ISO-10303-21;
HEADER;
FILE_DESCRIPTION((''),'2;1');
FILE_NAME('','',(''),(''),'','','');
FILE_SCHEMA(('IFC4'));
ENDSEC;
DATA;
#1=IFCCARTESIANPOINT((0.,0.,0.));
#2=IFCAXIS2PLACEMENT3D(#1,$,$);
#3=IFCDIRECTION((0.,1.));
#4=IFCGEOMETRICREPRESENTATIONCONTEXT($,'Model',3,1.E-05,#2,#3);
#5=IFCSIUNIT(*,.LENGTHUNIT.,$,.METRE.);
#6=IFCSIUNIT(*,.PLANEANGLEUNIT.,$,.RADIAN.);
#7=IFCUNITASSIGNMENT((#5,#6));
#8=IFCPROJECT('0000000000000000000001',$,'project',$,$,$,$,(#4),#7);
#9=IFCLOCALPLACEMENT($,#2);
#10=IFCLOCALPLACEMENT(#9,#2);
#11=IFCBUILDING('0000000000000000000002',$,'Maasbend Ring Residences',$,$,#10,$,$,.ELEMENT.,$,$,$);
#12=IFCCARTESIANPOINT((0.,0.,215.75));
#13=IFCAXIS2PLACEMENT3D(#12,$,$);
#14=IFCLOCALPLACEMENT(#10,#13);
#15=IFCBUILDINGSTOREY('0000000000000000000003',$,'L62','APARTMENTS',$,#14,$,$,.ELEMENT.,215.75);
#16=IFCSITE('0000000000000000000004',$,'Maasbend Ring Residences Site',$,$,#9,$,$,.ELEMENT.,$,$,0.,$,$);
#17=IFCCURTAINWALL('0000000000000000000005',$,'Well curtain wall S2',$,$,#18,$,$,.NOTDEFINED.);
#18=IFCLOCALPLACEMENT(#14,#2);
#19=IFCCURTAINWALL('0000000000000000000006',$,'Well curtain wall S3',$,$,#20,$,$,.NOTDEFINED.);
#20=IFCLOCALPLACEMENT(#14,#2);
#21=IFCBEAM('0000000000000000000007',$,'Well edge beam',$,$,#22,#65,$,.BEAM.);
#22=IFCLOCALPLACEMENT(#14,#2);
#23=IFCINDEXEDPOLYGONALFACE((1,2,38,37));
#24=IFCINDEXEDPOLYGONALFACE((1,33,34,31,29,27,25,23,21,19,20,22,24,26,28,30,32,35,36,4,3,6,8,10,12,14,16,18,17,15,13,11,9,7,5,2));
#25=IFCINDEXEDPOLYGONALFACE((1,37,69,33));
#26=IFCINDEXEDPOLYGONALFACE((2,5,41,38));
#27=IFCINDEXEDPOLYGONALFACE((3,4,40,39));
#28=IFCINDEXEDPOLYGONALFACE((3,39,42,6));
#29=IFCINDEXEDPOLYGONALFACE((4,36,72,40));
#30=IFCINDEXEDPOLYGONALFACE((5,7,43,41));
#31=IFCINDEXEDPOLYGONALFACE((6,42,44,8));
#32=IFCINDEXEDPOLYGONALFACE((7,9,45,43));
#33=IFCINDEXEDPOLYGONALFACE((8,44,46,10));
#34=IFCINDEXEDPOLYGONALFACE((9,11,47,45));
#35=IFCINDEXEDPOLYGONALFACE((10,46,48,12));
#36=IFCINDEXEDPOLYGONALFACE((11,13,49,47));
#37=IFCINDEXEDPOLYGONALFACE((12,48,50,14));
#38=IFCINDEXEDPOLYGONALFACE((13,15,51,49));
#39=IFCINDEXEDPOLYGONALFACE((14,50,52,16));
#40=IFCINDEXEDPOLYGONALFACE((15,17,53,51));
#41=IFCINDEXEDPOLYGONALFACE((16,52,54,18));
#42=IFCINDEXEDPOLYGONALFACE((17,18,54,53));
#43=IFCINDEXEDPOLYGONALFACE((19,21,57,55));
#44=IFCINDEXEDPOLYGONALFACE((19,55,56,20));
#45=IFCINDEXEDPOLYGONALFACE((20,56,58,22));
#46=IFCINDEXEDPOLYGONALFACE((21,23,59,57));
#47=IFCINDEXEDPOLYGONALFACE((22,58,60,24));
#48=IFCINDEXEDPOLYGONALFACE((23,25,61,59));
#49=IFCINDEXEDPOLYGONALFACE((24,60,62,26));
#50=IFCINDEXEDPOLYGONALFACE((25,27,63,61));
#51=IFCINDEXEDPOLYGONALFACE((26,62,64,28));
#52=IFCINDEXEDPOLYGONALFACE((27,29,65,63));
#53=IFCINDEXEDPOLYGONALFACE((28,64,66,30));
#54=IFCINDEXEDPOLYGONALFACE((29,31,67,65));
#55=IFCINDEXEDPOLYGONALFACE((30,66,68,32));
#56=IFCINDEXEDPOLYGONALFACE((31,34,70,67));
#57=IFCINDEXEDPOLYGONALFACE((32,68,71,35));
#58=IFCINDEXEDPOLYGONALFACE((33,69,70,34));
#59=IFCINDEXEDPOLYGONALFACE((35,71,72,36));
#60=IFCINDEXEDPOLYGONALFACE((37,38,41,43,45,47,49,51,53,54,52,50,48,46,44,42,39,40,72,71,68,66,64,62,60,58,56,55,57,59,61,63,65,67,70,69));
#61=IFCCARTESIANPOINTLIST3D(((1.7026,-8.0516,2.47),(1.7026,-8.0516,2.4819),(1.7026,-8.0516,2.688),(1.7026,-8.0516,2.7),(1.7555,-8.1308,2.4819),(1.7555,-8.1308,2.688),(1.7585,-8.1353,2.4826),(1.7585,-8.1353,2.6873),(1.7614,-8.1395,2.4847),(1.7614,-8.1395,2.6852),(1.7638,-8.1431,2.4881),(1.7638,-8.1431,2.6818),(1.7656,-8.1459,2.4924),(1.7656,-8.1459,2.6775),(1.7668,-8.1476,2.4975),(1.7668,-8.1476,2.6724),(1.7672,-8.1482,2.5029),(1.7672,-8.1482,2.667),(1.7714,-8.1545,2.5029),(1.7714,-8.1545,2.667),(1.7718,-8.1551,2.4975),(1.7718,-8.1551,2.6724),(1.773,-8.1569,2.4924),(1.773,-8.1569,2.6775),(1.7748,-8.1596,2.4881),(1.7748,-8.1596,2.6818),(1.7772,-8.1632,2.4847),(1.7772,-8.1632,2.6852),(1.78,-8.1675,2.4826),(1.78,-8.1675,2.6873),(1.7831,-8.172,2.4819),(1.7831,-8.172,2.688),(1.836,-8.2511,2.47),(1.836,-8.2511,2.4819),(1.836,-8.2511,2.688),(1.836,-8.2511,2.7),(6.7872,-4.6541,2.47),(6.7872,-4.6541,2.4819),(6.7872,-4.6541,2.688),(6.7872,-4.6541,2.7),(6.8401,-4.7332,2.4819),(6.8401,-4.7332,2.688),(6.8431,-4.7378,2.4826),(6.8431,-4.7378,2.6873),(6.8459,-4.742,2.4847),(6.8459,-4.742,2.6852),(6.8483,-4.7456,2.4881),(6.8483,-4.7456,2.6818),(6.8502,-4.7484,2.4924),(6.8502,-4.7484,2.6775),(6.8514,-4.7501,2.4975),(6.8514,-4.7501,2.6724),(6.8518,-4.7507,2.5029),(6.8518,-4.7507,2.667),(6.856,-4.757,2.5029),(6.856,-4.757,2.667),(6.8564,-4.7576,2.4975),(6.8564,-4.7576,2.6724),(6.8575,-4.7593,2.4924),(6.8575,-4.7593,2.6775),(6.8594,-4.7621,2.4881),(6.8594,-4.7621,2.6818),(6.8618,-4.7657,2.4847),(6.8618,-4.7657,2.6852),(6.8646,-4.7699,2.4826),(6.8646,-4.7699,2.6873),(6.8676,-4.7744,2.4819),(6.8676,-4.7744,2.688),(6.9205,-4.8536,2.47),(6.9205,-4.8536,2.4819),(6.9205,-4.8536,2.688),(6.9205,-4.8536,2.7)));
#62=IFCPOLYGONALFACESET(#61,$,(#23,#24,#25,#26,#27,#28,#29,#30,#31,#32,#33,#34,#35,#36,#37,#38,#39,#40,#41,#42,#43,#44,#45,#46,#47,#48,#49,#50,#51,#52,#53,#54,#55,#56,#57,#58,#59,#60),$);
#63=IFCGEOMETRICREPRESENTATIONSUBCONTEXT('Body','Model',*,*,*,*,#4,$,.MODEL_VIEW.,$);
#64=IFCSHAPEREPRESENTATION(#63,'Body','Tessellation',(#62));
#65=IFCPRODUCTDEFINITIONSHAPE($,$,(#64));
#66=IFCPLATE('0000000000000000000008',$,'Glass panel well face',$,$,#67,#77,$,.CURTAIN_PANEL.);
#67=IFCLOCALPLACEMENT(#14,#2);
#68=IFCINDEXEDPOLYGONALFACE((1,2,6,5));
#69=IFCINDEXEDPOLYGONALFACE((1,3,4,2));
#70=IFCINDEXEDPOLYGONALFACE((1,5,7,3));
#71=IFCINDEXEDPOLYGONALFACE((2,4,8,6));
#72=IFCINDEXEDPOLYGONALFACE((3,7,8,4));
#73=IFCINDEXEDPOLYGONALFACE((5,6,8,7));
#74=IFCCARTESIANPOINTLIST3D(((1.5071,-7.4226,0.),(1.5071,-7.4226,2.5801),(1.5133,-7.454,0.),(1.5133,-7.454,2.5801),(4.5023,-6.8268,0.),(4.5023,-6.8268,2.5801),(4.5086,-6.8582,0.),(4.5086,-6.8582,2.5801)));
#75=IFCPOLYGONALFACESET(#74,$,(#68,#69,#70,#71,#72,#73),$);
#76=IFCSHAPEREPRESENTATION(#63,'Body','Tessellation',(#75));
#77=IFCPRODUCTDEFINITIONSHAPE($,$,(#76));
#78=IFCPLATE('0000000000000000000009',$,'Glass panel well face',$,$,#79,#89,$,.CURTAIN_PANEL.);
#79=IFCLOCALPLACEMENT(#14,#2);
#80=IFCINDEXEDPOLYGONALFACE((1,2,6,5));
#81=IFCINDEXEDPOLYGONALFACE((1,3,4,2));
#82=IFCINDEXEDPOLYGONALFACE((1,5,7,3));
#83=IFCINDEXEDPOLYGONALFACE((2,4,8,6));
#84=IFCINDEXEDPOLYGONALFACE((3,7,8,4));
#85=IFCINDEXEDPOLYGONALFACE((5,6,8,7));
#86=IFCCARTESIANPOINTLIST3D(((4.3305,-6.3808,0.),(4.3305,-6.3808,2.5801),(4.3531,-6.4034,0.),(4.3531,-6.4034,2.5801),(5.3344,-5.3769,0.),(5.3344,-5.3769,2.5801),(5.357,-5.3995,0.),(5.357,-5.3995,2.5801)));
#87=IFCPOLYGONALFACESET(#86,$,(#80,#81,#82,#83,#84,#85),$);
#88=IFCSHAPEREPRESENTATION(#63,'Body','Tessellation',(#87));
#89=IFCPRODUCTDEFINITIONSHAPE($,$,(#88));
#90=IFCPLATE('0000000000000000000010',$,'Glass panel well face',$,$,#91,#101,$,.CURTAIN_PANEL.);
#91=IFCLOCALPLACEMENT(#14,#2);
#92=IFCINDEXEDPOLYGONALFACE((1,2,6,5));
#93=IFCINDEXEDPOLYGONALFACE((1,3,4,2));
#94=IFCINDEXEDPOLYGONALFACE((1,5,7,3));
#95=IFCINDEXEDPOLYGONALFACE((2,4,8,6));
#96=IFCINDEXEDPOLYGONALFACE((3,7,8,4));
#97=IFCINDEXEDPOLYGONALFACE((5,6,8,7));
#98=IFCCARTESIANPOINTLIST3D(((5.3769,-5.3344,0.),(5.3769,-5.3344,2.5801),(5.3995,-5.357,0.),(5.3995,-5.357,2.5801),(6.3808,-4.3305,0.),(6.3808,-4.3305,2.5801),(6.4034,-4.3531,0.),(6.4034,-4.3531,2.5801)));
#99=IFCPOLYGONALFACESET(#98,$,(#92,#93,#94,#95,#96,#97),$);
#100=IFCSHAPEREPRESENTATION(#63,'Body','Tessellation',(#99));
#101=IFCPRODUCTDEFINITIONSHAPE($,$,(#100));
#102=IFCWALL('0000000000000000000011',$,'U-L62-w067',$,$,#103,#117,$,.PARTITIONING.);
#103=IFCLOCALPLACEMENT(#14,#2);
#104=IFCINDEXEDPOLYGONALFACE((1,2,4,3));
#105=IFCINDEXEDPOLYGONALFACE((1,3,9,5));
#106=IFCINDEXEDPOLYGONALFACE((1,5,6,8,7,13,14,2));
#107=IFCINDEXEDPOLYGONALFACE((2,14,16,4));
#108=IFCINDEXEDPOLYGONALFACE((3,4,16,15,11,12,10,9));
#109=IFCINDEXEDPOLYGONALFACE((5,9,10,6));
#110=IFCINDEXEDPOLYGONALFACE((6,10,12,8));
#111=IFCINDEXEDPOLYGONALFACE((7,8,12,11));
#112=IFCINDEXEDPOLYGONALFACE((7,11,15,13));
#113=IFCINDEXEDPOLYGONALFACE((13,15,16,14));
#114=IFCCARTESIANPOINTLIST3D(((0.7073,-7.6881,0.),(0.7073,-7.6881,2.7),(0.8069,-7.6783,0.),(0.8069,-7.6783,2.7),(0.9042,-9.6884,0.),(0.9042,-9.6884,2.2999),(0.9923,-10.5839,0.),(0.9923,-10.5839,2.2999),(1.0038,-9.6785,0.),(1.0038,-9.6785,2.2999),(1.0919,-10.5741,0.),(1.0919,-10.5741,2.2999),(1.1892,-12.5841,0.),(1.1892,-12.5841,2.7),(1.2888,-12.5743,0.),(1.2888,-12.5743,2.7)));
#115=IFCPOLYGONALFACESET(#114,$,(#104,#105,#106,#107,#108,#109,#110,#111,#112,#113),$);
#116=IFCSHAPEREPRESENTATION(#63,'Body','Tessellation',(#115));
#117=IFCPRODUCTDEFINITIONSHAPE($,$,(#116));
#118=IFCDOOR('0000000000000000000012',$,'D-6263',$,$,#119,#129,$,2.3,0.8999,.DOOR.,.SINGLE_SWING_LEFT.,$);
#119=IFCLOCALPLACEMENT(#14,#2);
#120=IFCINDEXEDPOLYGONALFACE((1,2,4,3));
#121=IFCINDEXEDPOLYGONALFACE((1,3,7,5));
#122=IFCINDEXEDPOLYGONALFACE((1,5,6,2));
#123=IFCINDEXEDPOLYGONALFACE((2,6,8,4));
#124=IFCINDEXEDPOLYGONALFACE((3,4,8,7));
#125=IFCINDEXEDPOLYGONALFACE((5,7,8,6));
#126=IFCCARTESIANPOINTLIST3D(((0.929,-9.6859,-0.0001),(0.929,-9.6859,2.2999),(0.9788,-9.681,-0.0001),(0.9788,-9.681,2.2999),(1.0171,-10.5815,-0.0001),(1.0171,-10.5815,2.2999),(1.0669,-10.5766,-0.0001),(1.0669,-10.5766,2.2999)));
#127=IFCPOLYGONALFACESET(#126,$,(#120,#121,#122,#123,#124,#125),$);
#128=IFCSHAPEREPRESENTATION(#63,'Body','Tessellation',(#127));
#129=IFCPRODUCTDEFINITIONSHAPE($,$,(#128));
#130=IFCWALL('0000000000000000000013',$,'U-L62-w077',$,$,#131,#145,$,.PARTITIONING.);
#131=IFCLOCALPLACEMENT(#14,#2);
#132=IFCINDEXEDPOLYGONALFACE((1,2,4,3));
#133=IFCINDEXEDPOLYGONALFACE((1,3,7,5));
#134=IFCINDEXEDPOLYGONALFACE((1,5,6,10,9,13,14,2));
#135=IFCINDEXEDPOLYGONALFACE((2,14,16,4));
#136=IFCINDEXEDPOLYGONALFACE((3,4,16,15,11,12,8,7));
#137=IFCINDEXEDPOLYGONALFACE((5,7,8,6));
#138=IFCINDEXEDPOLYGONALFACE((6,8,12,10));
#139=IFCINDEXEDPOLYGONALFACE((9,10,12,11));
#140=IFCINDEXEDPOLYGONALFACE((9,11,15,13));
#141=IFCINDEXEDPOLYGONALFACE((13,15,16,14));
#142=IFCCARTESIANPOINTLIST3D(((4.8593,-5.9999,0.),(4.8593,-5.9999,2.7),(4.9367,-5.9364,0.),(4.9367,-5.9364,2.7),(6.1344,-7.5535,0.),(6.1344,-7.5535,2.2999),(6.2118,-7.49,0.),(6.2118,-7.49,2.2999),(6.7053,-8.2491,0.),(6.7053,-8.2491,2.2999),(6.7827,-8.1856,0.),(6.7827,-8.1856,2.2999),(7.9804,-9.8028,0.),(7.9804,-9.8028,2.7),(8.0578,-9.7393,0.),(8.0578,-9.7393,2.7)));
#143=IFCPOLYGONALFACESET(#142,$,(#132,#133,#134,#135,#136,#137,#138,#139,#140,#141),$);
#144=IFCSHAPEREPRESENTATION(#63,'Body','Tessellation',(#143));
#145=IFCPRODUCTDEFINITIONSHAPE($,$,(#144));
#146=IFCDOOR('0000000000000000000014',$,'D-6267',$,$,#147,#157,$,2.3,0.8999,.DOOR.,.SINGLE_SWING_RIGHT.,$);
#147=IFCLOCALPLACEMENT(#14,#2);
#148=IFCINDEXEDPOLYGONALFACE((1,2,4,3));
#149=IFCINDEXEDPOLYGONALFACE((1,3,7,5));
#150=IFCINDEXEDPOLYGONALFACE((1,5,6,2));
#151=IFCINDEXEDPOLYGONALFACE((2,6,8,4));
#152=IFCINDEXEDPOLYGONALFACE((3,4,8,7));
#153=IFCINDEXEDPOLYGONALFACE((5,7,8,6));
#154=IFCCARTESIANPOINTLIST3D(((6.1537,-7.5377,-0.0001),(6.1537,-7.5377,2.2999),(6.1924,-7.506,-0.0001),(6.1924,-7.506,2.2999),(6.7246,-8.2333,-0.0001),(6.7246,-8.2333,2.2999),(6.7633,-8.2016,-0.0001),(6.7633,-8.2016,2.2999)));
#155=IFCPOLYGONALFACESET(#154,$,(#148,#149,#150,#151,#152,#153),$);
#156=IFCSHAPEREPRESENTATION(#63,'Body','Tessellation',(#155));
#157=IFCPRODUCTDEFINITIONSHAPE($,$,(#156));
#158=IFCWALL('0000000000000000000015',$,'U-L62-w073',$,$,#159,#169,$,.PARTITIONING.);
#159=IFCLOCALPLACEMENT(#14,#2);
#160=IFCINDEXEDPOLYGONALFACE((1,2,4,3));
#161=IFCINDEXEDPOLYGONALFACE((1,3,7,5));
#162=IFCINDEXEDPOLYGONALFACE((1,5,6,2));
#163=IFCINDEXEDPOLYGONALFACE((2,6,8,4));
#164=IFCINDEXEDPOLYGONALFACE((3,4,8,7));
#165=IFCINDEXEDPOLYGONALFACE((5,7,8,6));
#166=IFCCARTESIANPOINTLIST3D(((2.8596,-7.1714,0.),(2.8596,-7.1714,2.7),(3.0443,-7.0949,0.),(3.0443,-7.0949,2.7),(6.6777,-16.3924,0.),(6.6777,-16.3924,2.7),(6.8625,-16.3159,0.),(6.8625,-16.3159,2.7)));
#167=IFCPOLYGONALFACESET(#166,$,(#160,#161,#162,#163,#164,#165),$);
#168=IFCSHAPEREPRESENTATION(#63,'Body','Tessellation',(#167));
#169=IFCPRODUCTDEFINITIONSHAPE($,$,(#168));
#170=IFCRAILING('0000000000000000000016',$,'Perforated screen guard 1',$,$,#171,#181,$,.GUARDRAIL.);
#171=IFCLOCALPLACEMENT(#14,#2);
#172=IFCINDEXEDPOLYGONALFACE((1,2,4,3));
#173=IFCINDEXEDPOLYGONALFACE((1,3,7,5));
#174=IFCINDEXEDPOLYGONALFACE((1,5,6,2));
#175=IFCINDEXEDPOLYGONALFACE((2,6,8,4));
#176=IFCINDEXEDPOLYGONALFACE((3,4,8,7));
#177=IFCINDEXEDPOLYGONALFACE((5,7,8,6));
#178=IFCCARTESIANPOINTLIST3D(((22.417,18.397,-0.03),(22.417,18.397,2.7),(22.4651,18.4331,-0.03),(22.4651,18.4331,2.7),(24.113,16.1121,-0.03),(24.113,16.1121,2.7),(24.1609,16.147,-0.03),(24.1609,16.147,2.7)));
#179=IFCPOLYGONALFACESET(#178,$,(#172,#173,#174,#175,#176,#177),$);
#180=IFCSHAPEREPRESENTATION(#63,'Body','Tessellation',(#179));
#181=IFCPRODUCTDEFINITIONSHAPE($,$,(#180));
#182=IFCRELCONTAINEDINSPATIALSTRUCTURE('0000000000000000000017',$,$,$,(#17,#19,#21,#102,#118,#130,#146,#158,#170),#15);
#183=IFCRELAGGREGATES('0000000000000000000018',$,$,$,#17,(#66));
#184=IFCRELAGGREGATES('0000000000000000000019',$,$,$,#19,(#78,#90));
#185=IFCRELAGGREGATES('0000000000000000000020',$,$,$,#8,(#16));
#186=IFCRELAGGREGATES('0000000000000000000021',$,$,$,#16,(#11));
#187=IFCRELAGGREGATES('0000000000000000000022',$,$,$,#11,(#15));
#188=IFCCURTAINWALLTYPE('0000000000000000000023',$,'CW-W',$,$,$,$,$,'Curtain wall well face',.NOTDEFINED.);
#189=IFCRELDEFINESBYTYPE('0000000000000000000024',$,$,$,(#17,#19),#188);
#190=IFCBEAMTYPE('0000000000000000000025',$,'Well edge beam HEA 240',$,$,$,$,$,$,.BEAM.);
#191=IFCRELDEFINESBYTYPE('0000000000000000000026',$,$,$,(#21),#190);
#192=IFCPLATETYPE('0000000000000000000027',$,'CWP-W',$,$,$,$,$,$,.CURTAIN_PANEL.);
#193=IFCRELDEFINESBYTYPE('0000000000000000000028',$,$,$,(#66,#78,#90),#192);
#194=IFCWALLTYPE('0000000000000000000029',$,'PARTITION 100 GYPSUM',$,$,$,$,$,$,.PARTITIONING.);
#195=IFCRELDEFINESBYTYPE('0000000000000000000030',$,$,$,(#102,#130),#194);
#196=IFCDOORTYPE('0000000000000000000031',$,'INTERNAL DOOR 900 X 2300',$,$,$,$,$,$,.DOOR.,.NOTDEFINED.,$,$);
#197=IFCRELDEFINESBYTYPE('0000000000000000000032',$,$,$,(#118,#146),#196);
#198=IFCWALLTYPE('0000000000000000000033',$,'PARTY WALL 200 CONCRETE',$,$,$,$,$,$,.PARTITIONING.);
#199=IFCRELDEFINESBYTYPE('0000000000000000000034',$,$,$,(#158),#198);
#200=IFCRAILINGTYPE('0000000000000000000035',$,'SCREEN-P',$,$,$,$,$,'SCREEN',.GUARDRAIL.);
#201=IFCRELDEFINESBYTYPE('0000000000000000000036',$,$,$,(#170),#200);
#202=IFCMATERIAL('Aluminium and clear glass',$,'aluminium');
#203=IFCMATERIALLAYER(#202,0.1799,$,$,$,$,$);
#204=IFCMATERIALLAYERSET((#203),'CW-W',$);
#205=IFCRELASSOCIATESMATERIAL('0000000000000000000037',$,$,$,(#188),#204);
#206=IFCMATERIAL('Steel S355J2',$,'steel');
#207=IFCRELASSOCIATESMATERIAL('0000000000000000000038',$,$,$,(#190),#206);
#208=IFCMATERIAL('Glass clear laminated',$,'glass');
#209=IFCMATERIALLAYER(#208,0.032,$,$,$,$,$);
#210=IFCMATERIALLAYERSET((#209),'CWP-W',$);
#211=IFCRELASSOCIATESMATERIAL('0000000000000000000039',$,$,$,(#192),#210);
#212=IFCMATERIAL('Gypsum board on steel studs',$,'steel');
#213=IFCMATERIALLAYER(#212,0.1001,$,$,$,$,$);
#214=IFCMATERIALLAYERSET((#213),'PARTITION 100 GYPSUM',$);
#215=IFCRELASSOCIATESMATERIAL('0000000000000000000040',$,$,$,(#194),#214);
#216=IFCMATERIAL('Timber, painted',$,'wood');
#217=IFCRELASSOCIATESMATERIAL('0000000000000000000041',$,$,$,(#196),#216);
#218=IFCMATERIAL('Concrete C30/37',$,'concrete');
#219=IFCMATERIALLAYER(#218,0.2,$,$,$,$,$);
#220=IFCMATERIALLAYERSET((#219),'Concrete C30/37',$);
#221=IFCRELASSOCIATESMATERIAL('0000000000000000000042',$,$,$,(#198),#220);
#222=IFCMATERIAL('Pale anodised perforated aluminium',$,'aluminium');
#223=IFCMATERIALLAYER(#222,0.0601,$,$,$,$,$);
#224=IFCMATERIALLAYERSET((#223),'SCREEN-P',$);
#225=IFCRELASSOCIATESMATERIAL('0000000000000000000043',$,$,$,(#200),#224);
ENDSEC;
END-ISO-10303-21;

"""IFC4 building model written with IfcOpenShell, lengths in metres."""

from ifc_helpers import new_model, si_unit, direction, frame, frame_2d, origin, origin_2d, place, context, subcontext, project, spatial, polyline, rectangle, i_section, outline, extrude, material, layer, layer_set, material_profile, profile_set, type_object, element, fill, aggregate, save


model = new_model("IFC4")

# Units and contexts
model_context = context("Model", 3, precision=1e-05, world=origin(), true_north=direction((0.0, 1.0)))
body_context = subcontext(model_context, "Body", "Model", "MODEL_VIEW")
ifc_project = project(units=[si_unit("LENGTHUNIT", "METRE"), si_unit("PLANEANGLEUNIT", "RADIAN")], contexts=[model_context])

# Site, building, storey
site_placement = place(None, origin())
site = spatial("IfcSite", under=ifc_project, at=site_placement, Name="Maasbend Ring Residences Site", CompositionType="ELEMENT", RefElevation=0.0)
building_placement = place(site_placement, origin())
building = spatial("IfcBuilding", under=site, at=building_placement, Name="Maasbend Ring Residences", CompositionType="ELEMENT")
storey_placement = place(building_placement, frame((0.0, 0.0, 215.75)))
storey = spatial("IfcBuildingStorey", under=building, at=storey_placement, Name="L62", Description="APARTMENTS", CompositionType="ELEMENT", Elevation=215.75)

# Curtain walls
ifc_material_1 = material(Name="Aluminium and clear glass", Category="aluminium")
ifc_layer_1 = layer(ifc_material_1, 0.1799)
ifc_layer_set_1 = layer_set([ifc_layer_1], Name="CW-W")
curtain_wall_type = type_object("IfcCurtainWallType", Name="CW-W", ElementType="Curtain wall well face", PredefinedType="NOTDEFINED", material=ifc_layer_set_1)
curtain_wall_1_placement = place(storey_placement, origin())
curtain_wall_1 = element("IfcCurtainWall", 1, at=curtain_wall_1_placement, inside=storey, type_object=curtain_wall_type, Name="Well curtain wall S2", PredefinedType="NOTDEFINED")
curtain_wall_2_placement = place(storey_placement, origin())
curtain_wall_2 = element("IfcCurtainWall", 2, at=curtain_wall_2_placement, inside=storey, type_object=curtain_wall_type, Name="Well curtain wall S3", PredefinedType="NOTDEFINED")

# Beam
ifc_material_2 = material(Name="Steel S355J2", Category="steel")
ifc_material_profile_1 = material_profile(ifc_material_2, i_section(OverallWidth=0.24, OverallDepth=0.23, WebThickness=0.0076, FlangeThickness=0.012, FilletRadius=0.021, at=origin_2d()), Name="HEA 240")
ifc_profile_set_1 = profile_set([ifc_material_profile_1], Name="Steel S355J2")
beam_type = type_object("IfcBeamType", Name="Well edge beam HEA 240", PredefinedType="BEAM", material=ifc_profile_set_1)
beam_placement = place(storey_placement, frame((1.7693, -8.1514, 2.585), z_axis=(0.83146, 0.555584, 0.0), x_axis=(-0.555584, 0.83146, 0.0)))
element("IfcBeam", 3, at=beam_placement, inside=storey, type_object=beam_type, Name="Well edge beam", PredefinedType="BEAM", context=body_context, shape_type="SweptSolid", body=[
    extrude(i_section(OverallWidth=0.24, OverallDepth=0.23, WebThickness=0.0076, FlangeThickness=0.012, FilletRadius=0.021, at=origin_2d()), origin(), (0.0, 0.0, 1.0), 6.1152),
])

# Plates
ifc_material_3 = material(Name="Glass clear laminated", Category="glass")
ifc_layer_2 = layer(ifc_material_3, 0.032)
ifc_layer_set_2 = layer_set([ifc_layer_2], Name="CWP-W")
plate_type = type_object("IfcPlateType", Name="CWP-W", PredefinedType="CURTAIN_PANEL", material=ifc_layer_set_2)
plate_1_placement = place(storey_placement, frame((3.0078, -7.1404, 0.0), z_axis=(0.0, 0.0, 1.0), x_axis=(0.980785, 0.19509, 0.0)))
plate_1 = element("IfcPlate", 4, at=plate_1_placement, type_object=plate_type, Name="Glass panel well face", PredefinedType="CURTAIN_PANEL", context=body_context, shape_type="SweptSolid", body=[
    extrude(rectangle(XDim=3.054, YDim=0.032, at=origin_2d()), origin(), (0.0, 0.0, 1.0), 2.5801),
])
aggregate(curtain_wall_1, [plate_1])
plate_2_placement = place(storey_placement, frame((4.8438, -5.8901, 0.0), z_axis=(0.0, 0.0, 1.0), x_axis=(0.707107, 0.707107, 0.0)))
plate_2 = element("IfcPlate", 5, at=plate_2_placement, type_object=plate_type, Name="Glass panel well face", PredefinedType="CURTAIN_PANEL", context=body_context, shape_type="SweptSolid", body=[
    extrude(rectangle(XDim=1.4197, YDim=0.032, at=origin_2d()), origin(), (0.0, 0.0, 1.0), 2.5801),
])
plate_3_placement = place(storey_placement, frame((5.8901, -4.8438, 0.0), z_axis=(0.0, 0.0, 1.0), x_axis=(0.707107, 0.707107, 0.0)))
plate_3 = element("IfcPlate", 6, at=plate_3_placement, type_object=plate_type, Name="Glass panel well face", PredefinedType="CURTAIN_PANEL", context=body_context, shape_type="SweptSolid", body=[
    extrude(rectangle(XDim=1.4197, YDim=0.032, at=origin_2d()), origin(), (0.0, 0.0, 1.0), 2.5801),
])
aggregate(curtain_wall_2, [plate_2, plate_3])

# Walls, openings, doors
ifc_material_4 = material(Name="Gypsum board on steel studs", Category="steel")
ifc_layer_3 = layer(ifc_material_4, 0.1001)
ifc_layer_set_3 = layer_set([ifc_layer_3], Name="PARTITION 100 GYPSUM")
wall_type_1 = type_object("IfcWallType", Name="PARTITION 100 GYPSUM", PredefinedType="PARTITIONING", material=ifc_layer_set_3)
wall_1_placement = place(storey_placement, frame((0.7571, -7.6831, 0.0), z_axis=(0.0, 0.0, 1.0), x_axis=(0.097961, -0.99519, 0.0)))
wall_1 = element("IfcWall", 7, at=wall_1_placement, inside=storey, type_object=wall_type_1, Name="U-L62-w067", PredefinedType="PARTITIONING", context=body_context, shape_type="SweptSolid", body=[
    extrude(rectangle(XDim=4.9197, YDim=0.1001, at=frame_2d((2.46, 0.0))), origin(), (0.0, 0.0, 1.0), 2.7),
])
opening_1_placement = place(wall_1_placement, frame((2.01, 0.0, 0.0)))
opening_1 = element("IfcOpeningElement", 8, at=opening_1_placement, cuts=wall_1, PredefinedType="OPENING", context=body_context, shape_type="SweptSolid", body=[
    extrude(rectangle(XDim=0.8999, YDim=2.3, at=frame_2d((0.45, 1.1499))), frame((0.0, 0.0601, 0.0), z_axis=(0.0, -1.0, 0.0), x_axis=(1.0, 0.0, 0.0)), (0.0, 0.0, 1.0), 0.1201),
])
ifc_material_5 = material(Name="Timber, painted", Category="wood")
door_type = type_object("IfcDoorType", Name="INTERNAL DOOR 900 X 2300", OperationType="NOTDEFINED", PredefinedType="DOOR", material=ifc_material_5)
door_1_placement = place(opening_1_placement, origin())
door_1 = element("IfcDoor", 9, at=door_1_placement, inside=storey, type_object=door_type, Name="D-6263", OperationType="SINGLE_SWING_LEFT", OverallHeight=2.3, OverallWidth=0.8999, PredefinedType="DOOR", context=body_context, shape_type="SweptSolid", body=[
    extrude(rectangle(XDim=0.8999, YDim=2.3, at=frame_2d((0.45, 1.1499))), frame((0.0, 0.0249, 0.0), z_axis=(0.0, -1.0, 0.0), x_axis=(1.0, 0.0, 0.0)), (0.0, 0.0, 1.0), 0.05),
])
fill(opening_1, door_1)
wall_2_placement = place(storey_placement, frame((4.8979, -5.968, 0.0), z_axis=(0.0, 0.0, 1.0), x_axis=(0.634402, -0.773003, 0.0)))
wall_2 = element("IfcWall", 10, at=wall_2_placement, inside=storey, type_object=wall_type_1, Name="U-L62-w077", PredefinedType="PARTITIONING", context=body_context, shape_type="SweptSolid", body=[
    extrude(rectangle(XDim=4.9197, YDim=0.1001, at=frame_2d((2.46, 0.0))), origin(), (0.0, 0.0, 1.0), 2.7),
])
opening_2_placement = place(wall_2_placement, frame((2.01, 0.0, 0.0)))
opening_2 = element("IfcOpeningElement", 11, at=opening_2_placement, cuts=wall_2, PredefinedType="OPENING", context=body_context, shape_type="SweptSolid", body=[
    extrude(rectangle(XDim=0.8999, YDim=2.3, at=frame_2d((0.45, 1.1499))), frame((0.0, 0.0601, 0.0), z_axis=(0.0, -1.0, 0.0), x_axis=(1.0, 0.0, 0.0)), (0.0, 0.0, 1.0), 0.1201),
])
door_2_placement = place(opening_2_placement, origin())
door_2 = element("IfcDoor", 12, at=door_2_placement, inside=storey, type_object=door_type, Name="D-6267", OperationType="SINGLE_SWING_RIGHT", OverallHeight=2.3, OverallWidth=0.8999, PredefinedType="DOOR", context=body_context, shape_type="SweptSolid", body=[
    extrude(rectangle(XDim=0.8999, YDim=2.3, at=frame_2d((0.45, 1.1499))), frame((0.0, 0.0249, 0.0), z_axis=(0.0, -1.0, 0.0), x_axis=(1.0, 0.0, 0.0)), (0.0, 0.0, 1.0), 0.05),
])
fill(opening_2, door_2)

# Wall
ifc_material_6 = material(Name="Concrete C30/37", Category="concrete")
ifc_layer_4 = layer(ifc_material_6, 0.2)
ifc_layer_set_4 = layer_set([ifc_layer_4], Name="Concrete C30/37")
wall_type_2 = type_object("IfcWallType", Name="PARTY WALL 200 CONCRETE", PredefinedType="PARTITIONING", material=ifc_layer_set_4)
wall_3_placement = place(storey_placement, frame((2.9519, -7.1331, 0.0), z_axis=(0.0, 0.0, 1.0), x_axis=(0.38257, -0.923927, 0.0)))
element("IfcWall", 13, at=wall_3_placement, inside=storey, type_object=wall_type_2, Name="U-L62-w073", PredefinedType="PARTITIONING", context=body_context, shape_type="SweptSolid", body=[
    extrude(rectangle(XDim=9.9802, YDim=0.2, at=frame_2d((4.9902, 0.0))), origin(), (0.0, 0.0, 1.0), 2.7),
])

# Railing
ifc_material_7 = material(Name="Pale anodised perforated aluminium", Category="aluminium")
ifc_layer_5 = layer(ifc_material_7, 0.0601)
ifc_layer_set_5 = layer_set([ifc_layer_5], Name="SCREEN-P")
railing_type = type_object("IfcRailingType", Name="SCREEN-P", ElementType="SCREEN", PredefinedType="GUARDRAIL", material=ifc_layer_set_5)
railing_1_placement = place(storey_placement, frame((0.0, 0.0, -0.03)))
element("IfcRailing", 14, at=railing_1_placement, inside=storey, type_object=railing_type, Name="Perforated screen guard 1", PredefinedType="GUARDRAIL", context=body_context, shape_type="SweptSolid", body=[
    extrude(outline(polyline([(24.113, 16.1121), (22.417, 18.397), (22.4651, 18.4331), (24.1609, 16.147), (24.113, 16.1121)])), origin(), (0.0, 0.0, 1.0), 2.73),
])

save(model, "model.ifc")
